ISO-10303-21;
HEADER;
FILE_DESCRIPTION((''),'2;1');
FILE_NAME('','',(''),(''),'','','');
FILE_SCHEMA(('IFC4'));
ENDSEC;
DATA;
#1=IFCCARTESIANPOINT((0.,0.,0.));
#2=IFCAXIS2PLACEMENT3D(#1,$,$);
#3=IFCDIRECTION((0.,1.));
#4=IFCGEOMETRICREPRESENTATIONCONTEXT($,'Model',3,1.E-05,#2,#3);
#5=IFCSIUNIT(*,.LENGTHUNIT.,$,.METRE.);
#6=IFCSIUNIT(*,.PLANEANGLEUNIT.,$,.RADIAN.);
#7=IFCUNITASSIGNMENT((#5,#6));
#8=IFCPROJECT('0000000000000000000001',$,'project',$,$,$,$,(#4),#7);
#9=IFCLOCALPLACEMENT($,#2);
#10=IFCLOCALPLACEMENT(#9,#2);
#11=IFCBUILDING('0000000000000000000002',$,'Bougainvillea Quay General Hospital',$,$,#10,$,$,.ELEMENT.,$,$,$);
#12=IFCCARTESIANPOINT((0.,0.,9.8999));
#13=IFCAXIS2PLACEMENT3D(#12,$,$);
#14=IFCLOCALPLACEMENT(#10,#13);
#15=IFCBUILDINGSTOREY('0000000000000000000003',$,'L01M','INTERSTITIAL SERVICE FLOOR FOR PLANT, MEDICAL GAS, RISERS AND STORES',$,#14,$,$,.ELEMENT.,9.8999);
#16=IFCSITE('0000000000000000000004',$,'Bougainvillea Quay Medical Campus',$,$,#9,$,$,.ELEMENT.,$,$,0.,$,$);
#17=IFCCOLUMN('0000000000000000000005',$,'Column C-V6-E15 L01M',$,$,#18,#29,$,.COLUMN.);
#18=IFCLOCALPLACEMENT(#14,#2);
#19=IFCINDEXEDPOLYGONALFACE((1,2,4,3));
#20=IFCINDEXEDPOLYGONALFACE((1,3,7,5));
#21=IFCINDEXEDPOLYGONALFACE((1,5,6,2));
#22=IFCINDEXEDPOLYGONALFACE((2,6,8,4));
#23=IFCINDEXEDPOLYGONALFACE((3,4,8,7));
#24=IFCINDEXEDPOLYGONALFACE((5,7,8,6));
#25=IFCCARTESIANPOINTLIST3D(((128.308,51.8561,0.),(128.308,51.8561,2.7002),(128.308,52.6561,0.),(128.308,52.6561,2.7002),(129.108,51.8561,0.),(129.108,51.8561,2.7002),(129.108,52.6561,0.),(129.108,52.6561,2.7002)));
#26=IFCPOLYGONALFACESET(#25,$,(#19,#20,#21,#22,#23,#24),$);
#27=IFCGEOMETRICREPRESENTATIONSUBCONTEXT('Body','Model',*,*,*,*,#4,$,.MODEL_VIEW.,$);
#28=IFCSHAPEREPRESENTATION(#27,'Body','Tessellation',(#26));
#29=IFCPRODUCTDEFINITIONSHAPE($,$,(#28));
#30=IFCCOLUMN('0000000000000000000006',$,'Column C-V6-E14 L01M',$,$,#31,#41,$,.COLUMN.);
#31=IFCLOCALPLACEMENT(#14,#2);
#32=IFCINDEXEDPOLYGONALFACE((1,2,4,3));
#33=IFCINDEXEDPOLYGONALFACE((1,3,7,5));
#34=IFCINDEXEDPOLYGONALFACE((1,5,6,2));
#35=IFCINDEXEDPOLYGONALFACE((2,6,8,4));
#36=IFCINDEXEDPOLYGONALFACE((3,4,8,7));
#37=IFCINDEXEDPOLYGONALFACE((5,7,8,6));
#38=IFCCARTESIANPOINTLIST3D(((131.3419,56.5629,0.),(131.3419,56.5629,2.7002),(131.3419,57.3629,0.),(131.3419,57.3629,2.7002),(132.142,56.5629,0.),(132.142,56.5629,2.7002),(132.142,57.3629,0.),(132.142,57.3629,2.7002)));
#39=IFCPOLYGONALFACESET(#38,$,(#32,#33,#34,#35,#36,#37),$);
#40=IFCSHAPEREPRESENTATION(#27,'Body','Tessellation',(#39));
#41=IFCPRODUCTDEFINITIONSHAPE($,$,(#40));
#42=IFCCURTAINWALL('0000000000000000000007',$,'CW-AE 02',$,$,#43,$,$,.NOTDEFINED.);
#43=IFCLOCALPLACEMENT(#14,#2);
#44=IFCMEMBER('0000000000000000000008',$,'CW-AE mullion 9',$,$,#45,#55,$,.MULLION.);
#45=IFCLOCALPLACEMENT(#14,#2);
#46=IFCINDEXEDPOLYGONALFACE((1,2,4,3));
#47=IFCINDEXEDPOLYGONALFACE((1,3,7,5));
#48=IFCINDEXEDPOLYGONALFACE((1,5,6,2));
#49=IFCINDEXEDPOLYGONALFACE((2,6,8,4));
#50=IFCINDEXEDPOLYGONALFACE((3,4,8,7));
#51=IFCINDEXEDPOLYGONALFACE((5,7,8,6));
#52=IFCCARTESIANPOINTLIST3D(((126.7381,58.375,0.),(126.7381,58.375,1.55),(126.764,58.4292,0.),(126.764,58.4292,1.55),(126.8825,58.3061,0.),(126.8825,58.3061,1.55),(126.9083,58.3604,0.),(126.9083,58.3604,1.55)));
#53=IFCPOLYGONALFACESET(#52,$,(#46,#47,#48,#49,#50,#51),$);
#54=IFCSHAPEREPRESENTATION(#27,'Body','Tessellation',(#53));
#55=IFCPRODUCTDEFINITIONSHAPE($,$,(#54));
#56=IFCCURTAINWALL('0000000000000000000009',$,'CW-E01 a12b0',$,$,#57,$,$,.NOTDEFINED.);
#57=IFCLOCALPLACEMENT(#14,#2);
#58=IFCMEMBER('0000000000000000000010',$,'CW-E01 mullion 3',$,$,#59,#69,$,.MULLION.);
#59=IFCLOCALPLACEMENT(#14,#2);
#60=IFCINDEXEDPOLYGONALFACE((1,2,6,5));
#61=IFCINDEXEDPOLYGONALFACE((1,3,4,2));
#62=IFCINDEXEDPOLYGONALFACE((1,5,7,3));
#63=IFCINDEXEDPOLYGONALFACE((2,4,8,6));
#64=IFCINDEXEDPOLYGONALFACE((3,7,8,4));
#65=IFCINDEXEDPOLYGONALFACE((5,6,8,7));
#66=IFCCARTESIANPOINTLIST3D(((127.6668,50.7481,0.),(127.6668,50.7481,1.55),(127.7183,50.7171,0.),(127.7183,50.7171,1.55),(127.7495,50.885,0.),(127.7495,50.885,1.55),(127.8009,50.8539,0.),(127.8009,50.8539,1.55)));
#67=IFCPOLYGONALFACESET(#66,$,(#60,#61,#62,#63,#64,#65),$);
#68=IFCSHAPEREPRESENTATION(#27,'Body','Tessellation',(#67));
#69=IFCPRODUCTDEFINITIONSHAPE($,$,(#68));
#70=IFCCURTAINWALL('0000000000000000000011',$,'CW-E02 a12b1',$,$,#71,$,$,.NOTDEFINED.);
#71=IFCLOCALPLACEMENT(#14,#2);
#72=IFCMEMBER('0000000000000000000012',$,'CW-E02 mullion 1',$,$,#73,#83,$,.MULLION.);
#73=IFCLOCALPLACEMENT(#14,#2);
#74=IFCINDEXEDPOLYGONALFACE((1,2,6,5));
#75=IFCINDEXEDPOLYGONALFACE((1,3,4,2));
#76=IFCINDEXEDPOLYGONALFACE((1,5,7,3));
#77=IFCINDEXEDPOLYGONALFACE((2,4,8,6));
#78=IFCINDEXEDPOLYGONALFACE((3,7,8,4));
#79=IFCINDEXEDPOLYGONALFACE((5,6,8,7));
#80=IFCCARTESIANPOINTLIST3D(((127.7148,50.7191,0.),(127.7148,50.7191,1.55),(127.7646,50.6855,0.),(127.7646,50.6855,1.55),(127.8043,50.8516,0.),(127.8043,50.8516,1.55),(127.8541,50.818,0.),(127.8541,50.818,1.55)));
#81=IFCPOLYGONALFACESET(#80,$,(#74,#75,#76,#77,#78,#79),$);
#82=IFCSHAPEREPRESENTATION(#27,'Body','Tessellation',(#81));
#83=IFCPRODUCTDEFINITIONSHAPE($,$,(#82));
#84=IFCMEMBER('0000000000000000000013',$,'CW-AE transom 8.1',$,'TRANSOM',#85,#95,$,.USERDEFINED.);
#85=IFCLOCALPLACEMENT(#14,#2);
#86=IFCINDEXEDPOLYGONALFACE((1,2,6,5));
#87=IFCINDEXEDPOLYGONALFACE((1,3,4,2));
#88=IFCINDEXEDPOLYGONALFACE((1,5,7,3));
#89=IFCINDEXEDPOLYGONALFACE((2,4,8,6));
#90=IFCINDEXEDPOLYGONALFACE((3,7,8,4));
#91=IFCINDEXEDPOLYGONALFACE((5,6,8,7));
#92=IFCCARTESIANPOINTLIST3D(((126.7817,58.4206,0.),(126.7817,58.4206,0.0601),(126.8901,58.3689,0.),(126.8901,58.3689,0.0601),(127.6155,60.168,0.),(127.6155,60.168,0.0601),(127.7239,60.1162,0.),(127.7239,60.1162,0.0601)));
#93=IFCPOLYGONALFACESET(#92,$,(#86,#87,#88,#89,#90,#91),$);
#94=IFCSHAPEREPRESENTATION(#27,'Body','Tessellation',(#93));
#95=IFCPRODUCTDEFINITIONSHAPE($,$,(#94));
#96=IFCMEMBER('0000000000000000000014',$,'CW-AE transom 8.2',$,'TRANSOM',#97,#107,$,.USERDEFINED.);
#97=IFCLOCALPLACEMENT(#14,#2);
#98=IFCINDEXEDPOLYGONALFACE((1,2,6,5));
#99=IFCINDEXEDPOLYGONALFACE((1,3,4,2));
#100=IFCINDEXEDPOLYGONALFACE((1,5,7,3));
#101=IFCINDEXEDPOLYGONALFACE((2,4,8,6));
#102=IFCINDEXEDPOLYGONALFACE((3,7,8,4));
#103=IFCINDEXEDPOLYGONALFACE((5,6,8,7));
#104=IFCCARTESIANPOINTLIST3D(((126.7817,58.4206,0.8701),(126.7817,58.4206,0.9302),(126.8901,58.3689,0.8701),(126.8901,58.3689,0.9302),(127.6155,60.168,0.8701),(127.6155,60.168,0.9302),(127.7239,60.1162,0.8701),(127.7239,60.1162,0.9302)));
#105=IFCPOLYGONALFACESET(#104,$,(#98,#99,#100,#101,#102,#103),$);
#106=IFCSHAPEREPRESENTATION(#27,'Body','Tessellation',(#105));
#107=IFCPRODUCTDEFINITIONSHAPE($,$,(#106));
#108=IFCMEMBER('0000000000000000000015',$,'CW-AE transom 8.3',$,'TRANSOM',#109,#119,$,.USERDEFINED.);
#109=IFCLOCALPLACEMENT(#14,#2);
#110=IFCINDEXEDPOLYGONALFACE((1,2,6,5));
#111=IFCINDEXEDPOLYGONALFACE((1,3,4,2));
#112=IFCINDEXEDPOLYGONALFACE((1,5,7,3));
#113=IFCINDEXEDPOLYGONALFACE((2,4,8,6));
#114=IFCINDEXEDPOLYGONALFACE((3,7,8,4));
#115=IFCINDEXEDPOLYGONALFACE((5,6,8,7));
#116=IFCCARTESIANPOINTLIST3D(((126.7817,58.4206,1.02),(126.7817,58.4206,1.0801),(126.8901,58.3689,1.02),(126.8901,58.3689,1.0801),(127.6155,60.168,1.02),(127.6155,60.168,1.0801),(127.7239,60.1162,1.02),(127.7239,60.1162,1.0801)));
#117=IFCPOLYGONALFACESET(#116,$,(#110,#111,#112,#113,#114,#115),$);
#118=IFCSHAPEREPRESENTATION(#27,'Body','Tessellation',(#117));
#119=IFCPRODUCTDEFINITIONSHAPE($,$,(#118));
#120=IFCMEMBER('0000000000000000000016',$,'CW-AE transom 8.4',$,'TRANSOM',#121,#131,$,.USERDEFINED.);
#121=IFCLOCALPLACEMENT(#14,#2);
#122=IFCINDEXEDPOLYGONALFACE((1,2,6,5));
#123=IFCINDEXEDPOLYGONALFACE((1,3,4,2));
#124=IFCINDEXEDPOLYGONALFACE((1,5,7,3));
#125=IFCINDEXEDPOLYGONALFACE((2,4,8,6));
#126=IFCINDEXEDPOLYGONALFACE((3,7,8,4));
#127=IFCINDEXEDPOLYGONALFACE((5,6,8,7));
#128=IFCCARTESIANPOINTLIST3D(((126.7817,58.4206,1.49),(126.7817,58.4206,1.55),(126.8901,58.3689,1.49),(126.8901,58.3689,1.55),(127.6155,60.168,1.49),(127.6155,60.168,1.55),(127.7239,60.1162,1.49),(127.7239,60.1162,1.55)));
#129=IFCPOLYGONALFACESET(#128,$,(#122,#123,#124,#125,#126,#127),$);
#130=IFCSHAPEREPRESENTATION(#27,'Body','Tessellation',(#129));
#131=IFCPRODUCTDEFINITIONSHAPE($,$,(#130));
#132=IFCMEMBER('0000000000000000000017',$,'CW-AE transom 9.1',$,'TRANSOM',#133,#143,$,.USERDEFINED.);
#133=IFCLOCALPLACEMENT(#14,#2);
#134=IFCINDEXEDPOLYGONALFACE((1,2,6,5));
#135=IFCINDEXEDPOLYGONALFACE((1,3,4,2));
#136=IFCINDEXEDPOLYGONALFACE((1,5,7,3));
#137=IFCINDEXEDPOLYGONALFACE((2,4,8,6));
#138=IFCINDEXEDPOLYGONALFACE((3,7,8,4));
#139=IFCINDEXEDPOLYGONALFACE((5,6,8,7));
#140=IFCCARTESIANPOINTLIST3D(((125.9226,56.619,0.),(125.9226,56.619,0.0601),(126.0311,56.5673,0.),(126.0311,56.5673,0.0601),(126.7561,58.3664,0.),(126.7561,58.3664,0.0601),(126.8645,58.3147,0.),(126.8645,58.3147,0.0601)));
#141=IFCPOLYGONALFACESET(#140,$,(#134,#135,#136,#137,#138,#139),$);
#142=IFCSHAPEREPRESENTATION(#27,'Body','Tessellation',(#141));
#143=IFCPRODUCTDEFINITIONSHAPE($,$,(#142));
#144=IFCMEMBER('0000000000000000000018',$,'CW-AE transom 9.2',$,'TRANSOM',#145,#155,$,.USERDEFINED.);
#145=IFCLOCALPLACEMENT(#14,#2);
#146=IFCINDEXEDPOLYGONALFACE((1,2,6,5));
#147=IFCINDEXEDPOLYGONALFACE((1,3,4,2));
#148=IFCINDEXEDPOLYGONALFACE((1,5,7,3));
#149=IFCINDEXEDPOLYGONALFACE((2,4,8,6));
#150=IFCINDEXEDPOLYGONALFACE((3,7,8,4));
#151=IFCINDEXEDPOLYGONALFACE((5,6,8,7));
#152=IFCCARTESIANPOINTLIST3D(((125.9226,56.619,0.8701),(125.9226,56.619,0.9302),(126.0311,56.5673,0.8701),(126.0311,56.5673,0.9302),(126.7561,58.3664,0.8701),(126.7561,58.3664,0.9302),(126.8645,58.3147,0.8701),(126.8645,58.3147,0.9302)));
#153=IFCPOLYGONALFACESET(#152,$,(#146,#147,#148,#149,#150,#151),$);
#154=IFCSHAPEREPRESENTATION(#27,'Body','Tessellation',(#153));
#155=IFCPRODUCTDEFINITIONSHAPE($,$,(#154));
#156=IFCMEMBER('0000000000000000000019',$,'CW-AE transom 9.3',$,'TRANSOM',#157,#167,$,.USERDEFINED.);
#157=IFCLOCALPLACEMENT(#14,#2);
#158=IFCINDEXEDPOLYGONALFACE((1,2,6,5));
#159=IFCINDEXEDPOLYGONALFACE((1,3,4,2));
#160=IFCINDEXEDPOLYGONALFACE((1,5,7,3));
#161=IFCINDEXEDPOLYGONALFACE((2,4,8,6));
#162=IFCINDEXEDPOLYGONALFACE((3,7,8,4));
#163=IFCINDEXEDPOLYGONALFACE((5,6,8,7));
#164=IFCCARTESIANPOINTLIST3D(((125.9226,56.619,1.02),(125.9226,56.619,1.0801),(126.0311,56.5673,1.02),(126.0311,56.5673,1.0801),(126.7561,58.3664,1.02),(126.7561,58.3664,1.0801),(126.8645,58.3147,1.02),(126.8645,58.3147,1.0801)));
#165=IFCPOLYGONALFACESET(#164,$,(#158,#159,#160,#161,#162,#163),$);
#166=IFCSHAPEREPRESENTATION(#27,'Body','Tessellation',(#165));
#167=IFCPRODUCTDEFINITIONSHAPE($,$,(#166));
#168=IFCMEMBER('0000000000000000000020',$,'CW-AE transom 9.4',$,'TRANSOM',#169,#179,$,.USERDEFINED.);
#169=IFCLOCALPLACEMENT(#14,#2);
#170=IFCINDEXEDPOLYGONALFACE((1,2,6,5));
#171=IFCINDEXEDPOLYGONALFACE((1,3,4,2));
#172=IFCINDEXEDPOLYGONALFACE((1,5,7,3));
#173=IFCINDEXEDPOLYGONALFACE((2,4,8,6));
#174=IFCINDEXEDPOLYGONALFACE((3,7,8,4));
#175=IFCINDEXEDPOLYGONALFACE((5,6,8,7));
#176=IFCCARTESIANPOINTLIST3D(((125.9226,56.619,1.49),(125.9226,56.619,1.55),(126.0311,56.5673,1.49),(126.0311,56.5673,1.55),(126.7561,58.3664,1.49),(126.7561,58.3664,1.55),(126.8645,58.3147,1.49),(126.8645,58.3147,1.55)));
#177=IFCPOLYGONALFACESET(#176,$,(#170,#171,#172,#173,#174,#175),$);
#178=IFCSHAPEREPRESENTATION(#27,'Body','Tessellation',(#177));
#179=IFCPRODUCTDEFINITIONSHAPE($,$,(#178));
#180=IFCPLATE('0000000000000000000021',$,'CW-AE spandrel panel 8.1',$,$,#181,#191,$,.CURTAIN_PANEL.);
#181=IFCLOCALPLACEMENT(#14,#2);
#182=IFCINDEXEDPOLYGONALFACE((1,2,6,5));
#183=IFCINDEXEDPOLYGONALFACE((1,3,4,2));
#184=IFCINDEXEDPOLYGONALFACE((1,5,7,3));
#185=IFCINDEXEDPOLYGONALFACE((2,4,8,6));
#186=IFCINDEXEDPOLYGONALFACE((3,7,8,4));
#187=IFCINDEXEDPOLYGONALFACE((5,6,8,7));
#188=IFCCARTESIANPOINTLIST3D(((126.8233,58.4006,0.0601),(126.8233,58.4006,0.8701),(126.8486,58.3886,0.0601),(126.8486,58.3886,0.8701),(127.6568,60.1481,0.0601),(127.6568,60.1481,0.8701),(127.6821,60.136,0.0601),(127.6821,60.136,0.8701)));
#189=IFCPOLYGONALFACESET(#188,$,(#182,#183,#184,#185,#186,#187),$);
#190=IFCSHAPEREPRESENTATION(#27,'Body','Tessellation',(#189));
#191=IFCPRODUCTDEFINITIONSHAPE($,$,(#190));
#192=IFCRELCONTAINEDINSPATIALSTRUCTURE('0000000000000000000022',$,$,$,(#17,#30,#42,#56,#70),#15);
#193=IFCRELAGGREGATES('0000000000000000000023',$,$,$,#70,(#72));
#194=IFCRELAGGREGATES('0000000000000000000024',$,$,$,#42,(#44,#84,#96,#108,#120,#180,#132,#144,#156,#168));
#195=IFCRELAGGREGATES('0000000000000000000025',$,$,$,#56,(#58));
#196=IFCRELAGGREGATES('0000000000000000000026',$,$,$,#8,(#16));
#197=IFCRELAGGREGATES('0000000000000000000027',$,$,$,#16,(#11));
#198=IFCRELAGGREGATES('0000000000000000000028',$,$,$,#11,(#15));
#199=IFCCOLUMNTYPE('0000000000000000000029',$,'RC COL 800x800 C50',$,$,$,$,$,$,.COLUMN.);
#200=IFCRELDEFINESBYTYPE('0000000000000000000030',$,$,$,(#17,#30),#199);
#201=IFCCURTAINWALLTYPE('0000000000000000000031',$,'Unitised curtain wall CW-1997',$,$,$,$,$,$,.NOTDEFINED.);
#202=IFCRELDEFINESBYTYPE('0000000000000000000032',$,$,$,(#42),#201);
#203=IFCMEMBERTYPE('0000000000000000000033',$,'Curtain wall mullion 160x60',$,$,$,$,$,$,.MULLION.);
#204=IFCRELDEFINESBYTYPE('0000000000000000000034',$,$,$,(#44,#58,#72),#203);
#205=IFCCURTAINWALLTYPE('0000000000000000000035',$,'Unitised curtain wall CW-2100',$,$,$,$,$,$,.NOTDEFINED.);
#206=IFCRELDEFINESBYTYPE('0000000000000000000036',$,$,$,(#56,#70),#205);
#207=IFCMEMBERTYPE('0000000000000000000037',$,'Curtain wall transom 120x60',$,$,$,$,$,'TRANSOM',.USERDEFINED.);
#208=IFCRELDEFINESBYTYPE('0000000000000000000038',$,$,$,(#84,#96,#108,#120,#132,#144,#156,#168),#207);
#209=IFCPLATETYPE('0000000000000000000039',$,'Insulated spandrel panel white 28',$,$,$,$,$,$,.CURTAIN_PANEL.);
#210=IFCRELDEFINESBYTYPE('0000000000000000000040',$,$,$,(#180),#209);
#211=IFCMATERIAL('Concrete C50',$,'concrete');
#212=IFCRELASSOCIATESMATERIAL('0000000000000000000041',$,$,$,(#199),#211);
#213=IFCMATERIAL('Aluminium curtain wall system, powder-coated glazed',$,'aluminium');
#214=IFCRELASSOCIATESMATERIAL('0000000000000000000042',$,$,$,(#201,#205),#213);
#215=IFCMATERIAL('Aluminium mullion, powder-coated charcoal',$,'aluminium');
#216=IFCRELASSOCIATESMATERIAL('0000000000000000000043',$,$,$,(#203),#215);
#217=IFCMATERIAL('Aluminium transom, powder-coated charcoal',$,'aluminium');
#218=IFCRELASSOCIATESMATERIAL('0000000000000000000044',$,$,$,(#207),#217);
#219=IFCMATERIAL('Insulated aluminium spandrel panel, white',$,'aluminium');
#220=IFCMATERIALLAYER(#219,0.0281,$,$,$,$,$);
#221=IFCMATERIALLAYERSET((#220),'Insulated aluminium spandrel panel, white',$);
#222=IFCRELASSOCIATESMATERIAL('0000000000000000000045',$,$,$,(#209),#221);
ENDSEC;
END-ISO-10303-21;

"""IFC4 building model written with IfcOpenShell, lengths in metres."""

from ifc_helpers import new_model, si_unit, direction, frame, origin, origin_2d, place, context, subcontext, project, spatial, rectangle, extrude, material, layer, layer_set, material_profile, profile_set, type_object, element, aggregate, save


model = new_model("IFC4")

# Units and contexts
model_context = context("Model", 3, precision=1e-05, world=origin(), true_north=direction((0.0, 1.0)))
body_context = subcontext(model_context, "Body", "Model", "MODEL_VIEW")
ifc_project = project(units=[si_unit("LENGTHUNIT", "METRE"), si_unit("PLANEANGLEUNIT", "RADIAN")], contexts=[model_context])

# Site, building, storey
site_placement = place(None, origin())
site = spatial("IfcSite", under=ifc_project, at=site_placement, Name="Bougainvillea Quay Medical Campus", CompositionType="ELEMENT", RefElevation=0.0)
building_placement = place(site_placement, origin())
building = spatial("IfcBuilding", under=site, at=building_placement, Name="Bougainvillea Quay General Hospital", CompositionType="ELEMENT")
storey_placement = place(building_placement, frame((0.0, 0.0, 9.8999)))
storey = spatial("IfcBuildingStorey", under=building, at=storey_placement, Name="L01M", Description="INTERSTITIAL SERVICE FLOOR FOR PLANT, MEDICAL GAS, RISERS AND STORES", CompositionType="ELEMENT", Elevation=9.8999)

# Columns
ifc_material_1 = material(Name="Concrete C50", Category="concrete")
ifc_material_profile_1 = material_profile(ifc_material_1, rectangle(XDim=0.8, YDim=0.8, at=origin_2d()))
ifc_profile_set_1 = profile_set([ifc_material_profile_1], Name="Concrete C50")
column_type = type_object("IfcColumnType", Name="RC COL 800x800 C50", PredefinedType="COLUMN", material=ifc_profile_set_1)
for number, where, z_axis, x_axis, name in (
    (1, (128.708, 52.2561, 0.0), (0.0, 0.0, 1.0), (1.0, 0.0, 0.0), "Column C-V6-E15 L01M"),
    (2, (131.7419, 56.9629, 0.0), (0.0, 0.0, 1.0), (1.0, 0.0, 0.0), "Column C-V6-E14 L01M"),
):
    element("IfcColumn", number, at=place(storey_placement, frame(where, z_axis=z_axis, x_axis=x_axis)), inside=storey, type_object=column_type, Name=name, PredefinedType="COLUMN", context=body_context, shape_type="SweptSolid", body=[
        extrude(rectangle(XDim=0.8, YDim=0.8, at=origin_2d()), origin(), (0.0, 0.0, 1.0), 2.7002),
    ])

# Curtain walls, members
ifc_material_2 = material(Name="Aluminium curtain wall system, powder-coated glazed", Category="aluminium")
curtain_wall_type_1 = type_object("IfcCurtainWallType", Name="Unitised curtain wall CW-1997", PredefinedType="NOTDEFINED", material=ifc_material_2)
curtain_wall_1_placement = place(storey_placement, origin())
curtain_wall_1 = element("IfcCurtainWall", 3, at=curtain_wall_1_placement, inside=storey, type_object=curtain_wall_type_1, Name="CW-AE 02", PredefinedType="NOTDEFINED")
ifc_material_3 = material(Name="Aluminium mullion, powder-coated charcoal", Category="aluminium")
ifc_material_profile_2 = material_profile(ifc_material_3, rectangle(XDim=0.1599, YDim=0.0601, at=origin_2d()))
ifc_profile_set_2 = profile_set([ifc_material_profile_2], Name="Aluminium mullion, powder-coated charcoal")
member_type_1 = type_object("IfcMemberType", Name="Curtain wall mullion 160x60", PredefinedType="MULLION", material=ifc_profile_set_2)
member_1_placement = place(storey_placement, frame((126.8232, 58.3677, 0.0), z_axis=(0.0, 0.0, 1.0), x_axis=(0.902578, -0.430525, 0.0)))
member_1 = element("IfcMember", 4, at=member_1_placement, type_object=member_type_1, Name="CW-AE mullion 9", PredefinedType="MULLION", context=body_context, shape_type="SweptSolid", body=[
    extrude(rectangle(XDim=0.1599, YDim=0.0601, at=origin_2d()), origin(), (0.0, 0.0, 1.0), 1.55),
])
curtain_wall_type_2 = type_object("IfcCurtainWallType", Name="Unitised curtain wall CW-2100", PredefinedType="NOTDEFINED", material=ifc_material_2)
curtain_wall_2_placement = place(storey_placement, origin())
curtain_wall_2 = element("IfcCurtainWall", 5, at=curtain_wall_2_placement, inside=storey, type_object=curtain_wall_type_2, Name="CW-E01 a12b0", PredefinedType="NOTDEFINED")
member_2_placement = place(storey_placement, frame((127.7339, 50.801, 0.0), z_axis=(0.0, 0.0, 1.0), x_axis=(0.516938, 0.856023, 0.0)))
member_2 = element("IfcMember", 6, at=member_2_placement, type_object=member_type_1, Name="CW-E01 mullion 3", PredefinedType="MULLION", context=body_context, shape_type="SweptSolid", body=[
    extrude(rectangle(XDim=0.1599, YDim=0.0601, at=origin_2d()), origin(), (0.0, 0.0, 1.0), 1.55),
])
curtain_wall_3_placement = place(storey_placement, origin())
curtain_wall_3 = element("IfcCurtainWall", 7, at=curtain_wall_3_placement, inside=storey, type_object=curtain_wall_type_2, Name="CW-E02 a12b1", PredefinedType="NOTDEFINED")
member_3_placement = place(storey_placement, frame((127.7844, 50.7686, 0.0), z_axis=(0.0, 0.0, 1.0), x_axis=(0.559637, 0.828738, 0.0)))
member_3 = element("IfcMember", 8, at=member_3_placement, type_object=member_type_1, Name="CW-E02 mullion 1", PredefinedType="MULLION", context=body_context, shape_type="SweptSolid", body=[
    extrude(rectangle(XDim=0.1599, YDim=0.0601, at=origin_2d()), origin(), (0.0, 0.0, 1.0), 1.55),
])
aggregate(curtain_wall_3, [member_3])

# Members
ifc_material_4 = material(Name="Aluminium transom, powder-coated charcoal", Category="aluminium")
ifc_material_profile_3 = material_profile(ifc_material_4, rectangle(XDim=0.1201, YDim=0.0601, at=origin_2d()))
ifc_profile_set_3 = profile_set([ifc_material_profile_3], Name="Aluminium transom, powder-coated charcoal")
member_type_2 = type_object("IfcMemberType", Name="Curtain wall transom 120x60", ElementType="TRANSOM", PredefinedType="USERDEFINED", material=ifc_profile_set_3)
member_4_placement = place(storey_placement, frame((127.6697, 60.1421, 0.03), z_axis=(-0.430643, -0.902522, 0.0), x_axis=(0.902522, -0.430643, 0.0)))
member_4 = element("IfcMember", 9, at=member_4_placement, type_object=member_type_2, Name="CW-AE transom 8.1", ObjectType="TRANSOM", PredefinedType="USERDEFINED", context=body_context, shape_type="SweptSolid", body=[
    extrude(rectangle(XDim=0.1201, YDim=0.0601, at=origin_2d()), origin(), (0.0, 0.0, 1.0), 1.936),
])
member_5_placement = place(storey_placement, frame((127.6697, 60.1421, 0.9001), z_axis=(-0.430643, -0.902522, 0.0), x_axis=(0.902522, -0.430643, 0.0)))
member_5 = element("IfcMember", 10, at=member_5_placement, type_object=member_type_2, Name="CW-AE transom 8.2", ObjectType="TRANSOM", PredefinedType="USERDEFINED", context=body_context, shape_type="SweptSolid", body=[
    extrude(rectangle(XDim=0.1201, YDim=0.0601, at=origin_2d()), origin(), (0.0, 0.0, 1.0), 1.936),
])
member_6_placement = place(storey_placement, frame((127.6697, 60.1421, 1.05), z_axis=(-0.430643, -0.902522, 0.0), x_axis=(0.902522, -0.430643, 0.0)))
member_6 = element("IfcMember", 11, at=member_6_placement, type_object=member_type_2, Name="CW-AE transom 8.3", ObjectType="TRANSOM", PredefinedType="USERDEFINED", context=body_context, shape_type="SweptSolid", body=[
    extrude(rectangle(XDim=0.1201, YDim=0.0601, at=origin_2d()), origin(), (0.0, 0.0, 1.0), 1.936),
])
member_7_placement = place(storey_placement, frame((127.6697, 60.1421, 1.52), z_axis=(-0.430643, -0.902522, 0.0), x_axis=(0.902522, -0.430643, 0.0)))
member_7 = element("IfcMember", 12, at=member_7_placement, type_object=member_type_2, Name="CW-AE transom 8.4", ObjectType="TRANSOM", PredefinedType="USERDEFINED", context=body_context, shape_type="SweptSolid", body=[
    extrude(rectangle(XDim=0.1201, YDim=0.0601, at=origin_2d()), origin(), (0.0, 0.0, 1.0), 1.936),
])
member_8_placement = place(storey_placement, frame((126.8103, 58.3406, 0.03), z_axis=(-0.430491, -0.902595, 0.0), x_axis=(0.902595, -0.430491, 0.0)))
member_8 = element("IfcMember", 13, at=member_8_placement, type_object=member_type_2, Name="CW-AE transom 9.1", ObjectType="TRANSOM", PredefinedType="USERDEFINED", context=body_context, shape_type="SweptSolid", body=[
    extrude(rectangle(XDim=0.1201, YDim=0.0601, at=origin_2d()), origin(), (0.0, 0.0, 1.0), 1.936),
])
member_9_placement = place(storey_placement, frame((126.8103, 58.3406, 0.9001), z_axis=(-0.430491, -0.902595, 0.0), x_axis=(0.902595, -0.430491, 0.0)))
member_9 = element("IfcMember", 14, at=member_9_placement, type_object=member_type_2, Name="CW-AE transom 9.2", ObjectType="TRANSOM", PredefinedType="USERDEFINED", context=body_context, shape_type="SweptSolid", body=[
    extrude(rectangle(XDim=0.1201, YDim=0.0601, at=origin_2d()), origin(), (0.0, 0.0, 1.0), 1.936),
])
member_10_placement = place(storey_placement, frame((126.8103, 58.3406, 1.05), z_axis=(-0.430491, -0.902595, 0.0), x_axis=(0.902595, -0.430491, 0.0)))
member_10 = element("IfcMember", 15, at=member_10_placement, type_object=member_type_2, Name="CW-AE transom 9.3", ObjectType="TRANSOM", PredefinedType="USERDEFINED", context=body_context, shape_type="SweptSolid", body=[
    extrude(rectangle(XDim=0.1201, YDim=0.0601, at=origin_2d()), origin(), (0.0, 0.0, 1.0), 1.936),
])
member_11_placement = place(storey_placement, frame((126.8103, 58.3406, 1.52), z_axis=(-0.430491, -0.902595, 0.0), x_axis=(0.902595, -0.430491, 0.0)))
member_11 = element("IfcMember", 16, at=member_11_placement, type_object=member_type_2, Name="CW-AE transom 9.4", ObjectType="TRANSOM", PredefinedType="USERDEFINED", context=body_context, shape_type="SweptSolid", body=[
    extrude(rectangle(XDim=0.1201, YDim=0.0601, at=origin_2d()), origin(), (0.0, 0.0, 1.0), 1.936),
])

# Plate
ifc_material_5 = material(Name="Insulated aluminium spandrel panel, white", Category="aluminium")
ifc_layer_1 = layer(ifc_material_5, 0.0281)
ifc_layer_set_1 = layer_set([ifc_layer_1], Name="Insulated aluminium spandrel panel, white")
plate_type_1 = type_object("IfcPlateType", Name="Insulated spandrel panel white 28", PredefinedType="CURTAIN_PANEL", material=ifc_layer_set_1)
plate_1_placement = place(storey_placement, frame((127.2527, 59.2683, 0.0601), z_axis=(0.0, 0.0, 1.0), x_axis=(-0.430525, -0.902578, 0.0)))
plate_1 = element("IfcPlate", 17, at=plate_1_placement, type_object=plate_type_1, Name="CW-AE spandrel panel 8.1", PredefinedType="CURTAIN_PANEL", context=body_context, shape_type="SweptSolid", body=[
    extrude(rectangle(XDim=1.936, YDim=0.0281, at=origin_2d()), origin(), (0.0, 0.0, 1.0), 0.8101),
])
aggregate(curtain_wall_1, [member_1, member_4, member_5, member_6, member_7, plate_1, member_8, member_9, member_10, member_11])
aggregate(curtain_wall_2, [member_2])

save(model, "model.ifc")
